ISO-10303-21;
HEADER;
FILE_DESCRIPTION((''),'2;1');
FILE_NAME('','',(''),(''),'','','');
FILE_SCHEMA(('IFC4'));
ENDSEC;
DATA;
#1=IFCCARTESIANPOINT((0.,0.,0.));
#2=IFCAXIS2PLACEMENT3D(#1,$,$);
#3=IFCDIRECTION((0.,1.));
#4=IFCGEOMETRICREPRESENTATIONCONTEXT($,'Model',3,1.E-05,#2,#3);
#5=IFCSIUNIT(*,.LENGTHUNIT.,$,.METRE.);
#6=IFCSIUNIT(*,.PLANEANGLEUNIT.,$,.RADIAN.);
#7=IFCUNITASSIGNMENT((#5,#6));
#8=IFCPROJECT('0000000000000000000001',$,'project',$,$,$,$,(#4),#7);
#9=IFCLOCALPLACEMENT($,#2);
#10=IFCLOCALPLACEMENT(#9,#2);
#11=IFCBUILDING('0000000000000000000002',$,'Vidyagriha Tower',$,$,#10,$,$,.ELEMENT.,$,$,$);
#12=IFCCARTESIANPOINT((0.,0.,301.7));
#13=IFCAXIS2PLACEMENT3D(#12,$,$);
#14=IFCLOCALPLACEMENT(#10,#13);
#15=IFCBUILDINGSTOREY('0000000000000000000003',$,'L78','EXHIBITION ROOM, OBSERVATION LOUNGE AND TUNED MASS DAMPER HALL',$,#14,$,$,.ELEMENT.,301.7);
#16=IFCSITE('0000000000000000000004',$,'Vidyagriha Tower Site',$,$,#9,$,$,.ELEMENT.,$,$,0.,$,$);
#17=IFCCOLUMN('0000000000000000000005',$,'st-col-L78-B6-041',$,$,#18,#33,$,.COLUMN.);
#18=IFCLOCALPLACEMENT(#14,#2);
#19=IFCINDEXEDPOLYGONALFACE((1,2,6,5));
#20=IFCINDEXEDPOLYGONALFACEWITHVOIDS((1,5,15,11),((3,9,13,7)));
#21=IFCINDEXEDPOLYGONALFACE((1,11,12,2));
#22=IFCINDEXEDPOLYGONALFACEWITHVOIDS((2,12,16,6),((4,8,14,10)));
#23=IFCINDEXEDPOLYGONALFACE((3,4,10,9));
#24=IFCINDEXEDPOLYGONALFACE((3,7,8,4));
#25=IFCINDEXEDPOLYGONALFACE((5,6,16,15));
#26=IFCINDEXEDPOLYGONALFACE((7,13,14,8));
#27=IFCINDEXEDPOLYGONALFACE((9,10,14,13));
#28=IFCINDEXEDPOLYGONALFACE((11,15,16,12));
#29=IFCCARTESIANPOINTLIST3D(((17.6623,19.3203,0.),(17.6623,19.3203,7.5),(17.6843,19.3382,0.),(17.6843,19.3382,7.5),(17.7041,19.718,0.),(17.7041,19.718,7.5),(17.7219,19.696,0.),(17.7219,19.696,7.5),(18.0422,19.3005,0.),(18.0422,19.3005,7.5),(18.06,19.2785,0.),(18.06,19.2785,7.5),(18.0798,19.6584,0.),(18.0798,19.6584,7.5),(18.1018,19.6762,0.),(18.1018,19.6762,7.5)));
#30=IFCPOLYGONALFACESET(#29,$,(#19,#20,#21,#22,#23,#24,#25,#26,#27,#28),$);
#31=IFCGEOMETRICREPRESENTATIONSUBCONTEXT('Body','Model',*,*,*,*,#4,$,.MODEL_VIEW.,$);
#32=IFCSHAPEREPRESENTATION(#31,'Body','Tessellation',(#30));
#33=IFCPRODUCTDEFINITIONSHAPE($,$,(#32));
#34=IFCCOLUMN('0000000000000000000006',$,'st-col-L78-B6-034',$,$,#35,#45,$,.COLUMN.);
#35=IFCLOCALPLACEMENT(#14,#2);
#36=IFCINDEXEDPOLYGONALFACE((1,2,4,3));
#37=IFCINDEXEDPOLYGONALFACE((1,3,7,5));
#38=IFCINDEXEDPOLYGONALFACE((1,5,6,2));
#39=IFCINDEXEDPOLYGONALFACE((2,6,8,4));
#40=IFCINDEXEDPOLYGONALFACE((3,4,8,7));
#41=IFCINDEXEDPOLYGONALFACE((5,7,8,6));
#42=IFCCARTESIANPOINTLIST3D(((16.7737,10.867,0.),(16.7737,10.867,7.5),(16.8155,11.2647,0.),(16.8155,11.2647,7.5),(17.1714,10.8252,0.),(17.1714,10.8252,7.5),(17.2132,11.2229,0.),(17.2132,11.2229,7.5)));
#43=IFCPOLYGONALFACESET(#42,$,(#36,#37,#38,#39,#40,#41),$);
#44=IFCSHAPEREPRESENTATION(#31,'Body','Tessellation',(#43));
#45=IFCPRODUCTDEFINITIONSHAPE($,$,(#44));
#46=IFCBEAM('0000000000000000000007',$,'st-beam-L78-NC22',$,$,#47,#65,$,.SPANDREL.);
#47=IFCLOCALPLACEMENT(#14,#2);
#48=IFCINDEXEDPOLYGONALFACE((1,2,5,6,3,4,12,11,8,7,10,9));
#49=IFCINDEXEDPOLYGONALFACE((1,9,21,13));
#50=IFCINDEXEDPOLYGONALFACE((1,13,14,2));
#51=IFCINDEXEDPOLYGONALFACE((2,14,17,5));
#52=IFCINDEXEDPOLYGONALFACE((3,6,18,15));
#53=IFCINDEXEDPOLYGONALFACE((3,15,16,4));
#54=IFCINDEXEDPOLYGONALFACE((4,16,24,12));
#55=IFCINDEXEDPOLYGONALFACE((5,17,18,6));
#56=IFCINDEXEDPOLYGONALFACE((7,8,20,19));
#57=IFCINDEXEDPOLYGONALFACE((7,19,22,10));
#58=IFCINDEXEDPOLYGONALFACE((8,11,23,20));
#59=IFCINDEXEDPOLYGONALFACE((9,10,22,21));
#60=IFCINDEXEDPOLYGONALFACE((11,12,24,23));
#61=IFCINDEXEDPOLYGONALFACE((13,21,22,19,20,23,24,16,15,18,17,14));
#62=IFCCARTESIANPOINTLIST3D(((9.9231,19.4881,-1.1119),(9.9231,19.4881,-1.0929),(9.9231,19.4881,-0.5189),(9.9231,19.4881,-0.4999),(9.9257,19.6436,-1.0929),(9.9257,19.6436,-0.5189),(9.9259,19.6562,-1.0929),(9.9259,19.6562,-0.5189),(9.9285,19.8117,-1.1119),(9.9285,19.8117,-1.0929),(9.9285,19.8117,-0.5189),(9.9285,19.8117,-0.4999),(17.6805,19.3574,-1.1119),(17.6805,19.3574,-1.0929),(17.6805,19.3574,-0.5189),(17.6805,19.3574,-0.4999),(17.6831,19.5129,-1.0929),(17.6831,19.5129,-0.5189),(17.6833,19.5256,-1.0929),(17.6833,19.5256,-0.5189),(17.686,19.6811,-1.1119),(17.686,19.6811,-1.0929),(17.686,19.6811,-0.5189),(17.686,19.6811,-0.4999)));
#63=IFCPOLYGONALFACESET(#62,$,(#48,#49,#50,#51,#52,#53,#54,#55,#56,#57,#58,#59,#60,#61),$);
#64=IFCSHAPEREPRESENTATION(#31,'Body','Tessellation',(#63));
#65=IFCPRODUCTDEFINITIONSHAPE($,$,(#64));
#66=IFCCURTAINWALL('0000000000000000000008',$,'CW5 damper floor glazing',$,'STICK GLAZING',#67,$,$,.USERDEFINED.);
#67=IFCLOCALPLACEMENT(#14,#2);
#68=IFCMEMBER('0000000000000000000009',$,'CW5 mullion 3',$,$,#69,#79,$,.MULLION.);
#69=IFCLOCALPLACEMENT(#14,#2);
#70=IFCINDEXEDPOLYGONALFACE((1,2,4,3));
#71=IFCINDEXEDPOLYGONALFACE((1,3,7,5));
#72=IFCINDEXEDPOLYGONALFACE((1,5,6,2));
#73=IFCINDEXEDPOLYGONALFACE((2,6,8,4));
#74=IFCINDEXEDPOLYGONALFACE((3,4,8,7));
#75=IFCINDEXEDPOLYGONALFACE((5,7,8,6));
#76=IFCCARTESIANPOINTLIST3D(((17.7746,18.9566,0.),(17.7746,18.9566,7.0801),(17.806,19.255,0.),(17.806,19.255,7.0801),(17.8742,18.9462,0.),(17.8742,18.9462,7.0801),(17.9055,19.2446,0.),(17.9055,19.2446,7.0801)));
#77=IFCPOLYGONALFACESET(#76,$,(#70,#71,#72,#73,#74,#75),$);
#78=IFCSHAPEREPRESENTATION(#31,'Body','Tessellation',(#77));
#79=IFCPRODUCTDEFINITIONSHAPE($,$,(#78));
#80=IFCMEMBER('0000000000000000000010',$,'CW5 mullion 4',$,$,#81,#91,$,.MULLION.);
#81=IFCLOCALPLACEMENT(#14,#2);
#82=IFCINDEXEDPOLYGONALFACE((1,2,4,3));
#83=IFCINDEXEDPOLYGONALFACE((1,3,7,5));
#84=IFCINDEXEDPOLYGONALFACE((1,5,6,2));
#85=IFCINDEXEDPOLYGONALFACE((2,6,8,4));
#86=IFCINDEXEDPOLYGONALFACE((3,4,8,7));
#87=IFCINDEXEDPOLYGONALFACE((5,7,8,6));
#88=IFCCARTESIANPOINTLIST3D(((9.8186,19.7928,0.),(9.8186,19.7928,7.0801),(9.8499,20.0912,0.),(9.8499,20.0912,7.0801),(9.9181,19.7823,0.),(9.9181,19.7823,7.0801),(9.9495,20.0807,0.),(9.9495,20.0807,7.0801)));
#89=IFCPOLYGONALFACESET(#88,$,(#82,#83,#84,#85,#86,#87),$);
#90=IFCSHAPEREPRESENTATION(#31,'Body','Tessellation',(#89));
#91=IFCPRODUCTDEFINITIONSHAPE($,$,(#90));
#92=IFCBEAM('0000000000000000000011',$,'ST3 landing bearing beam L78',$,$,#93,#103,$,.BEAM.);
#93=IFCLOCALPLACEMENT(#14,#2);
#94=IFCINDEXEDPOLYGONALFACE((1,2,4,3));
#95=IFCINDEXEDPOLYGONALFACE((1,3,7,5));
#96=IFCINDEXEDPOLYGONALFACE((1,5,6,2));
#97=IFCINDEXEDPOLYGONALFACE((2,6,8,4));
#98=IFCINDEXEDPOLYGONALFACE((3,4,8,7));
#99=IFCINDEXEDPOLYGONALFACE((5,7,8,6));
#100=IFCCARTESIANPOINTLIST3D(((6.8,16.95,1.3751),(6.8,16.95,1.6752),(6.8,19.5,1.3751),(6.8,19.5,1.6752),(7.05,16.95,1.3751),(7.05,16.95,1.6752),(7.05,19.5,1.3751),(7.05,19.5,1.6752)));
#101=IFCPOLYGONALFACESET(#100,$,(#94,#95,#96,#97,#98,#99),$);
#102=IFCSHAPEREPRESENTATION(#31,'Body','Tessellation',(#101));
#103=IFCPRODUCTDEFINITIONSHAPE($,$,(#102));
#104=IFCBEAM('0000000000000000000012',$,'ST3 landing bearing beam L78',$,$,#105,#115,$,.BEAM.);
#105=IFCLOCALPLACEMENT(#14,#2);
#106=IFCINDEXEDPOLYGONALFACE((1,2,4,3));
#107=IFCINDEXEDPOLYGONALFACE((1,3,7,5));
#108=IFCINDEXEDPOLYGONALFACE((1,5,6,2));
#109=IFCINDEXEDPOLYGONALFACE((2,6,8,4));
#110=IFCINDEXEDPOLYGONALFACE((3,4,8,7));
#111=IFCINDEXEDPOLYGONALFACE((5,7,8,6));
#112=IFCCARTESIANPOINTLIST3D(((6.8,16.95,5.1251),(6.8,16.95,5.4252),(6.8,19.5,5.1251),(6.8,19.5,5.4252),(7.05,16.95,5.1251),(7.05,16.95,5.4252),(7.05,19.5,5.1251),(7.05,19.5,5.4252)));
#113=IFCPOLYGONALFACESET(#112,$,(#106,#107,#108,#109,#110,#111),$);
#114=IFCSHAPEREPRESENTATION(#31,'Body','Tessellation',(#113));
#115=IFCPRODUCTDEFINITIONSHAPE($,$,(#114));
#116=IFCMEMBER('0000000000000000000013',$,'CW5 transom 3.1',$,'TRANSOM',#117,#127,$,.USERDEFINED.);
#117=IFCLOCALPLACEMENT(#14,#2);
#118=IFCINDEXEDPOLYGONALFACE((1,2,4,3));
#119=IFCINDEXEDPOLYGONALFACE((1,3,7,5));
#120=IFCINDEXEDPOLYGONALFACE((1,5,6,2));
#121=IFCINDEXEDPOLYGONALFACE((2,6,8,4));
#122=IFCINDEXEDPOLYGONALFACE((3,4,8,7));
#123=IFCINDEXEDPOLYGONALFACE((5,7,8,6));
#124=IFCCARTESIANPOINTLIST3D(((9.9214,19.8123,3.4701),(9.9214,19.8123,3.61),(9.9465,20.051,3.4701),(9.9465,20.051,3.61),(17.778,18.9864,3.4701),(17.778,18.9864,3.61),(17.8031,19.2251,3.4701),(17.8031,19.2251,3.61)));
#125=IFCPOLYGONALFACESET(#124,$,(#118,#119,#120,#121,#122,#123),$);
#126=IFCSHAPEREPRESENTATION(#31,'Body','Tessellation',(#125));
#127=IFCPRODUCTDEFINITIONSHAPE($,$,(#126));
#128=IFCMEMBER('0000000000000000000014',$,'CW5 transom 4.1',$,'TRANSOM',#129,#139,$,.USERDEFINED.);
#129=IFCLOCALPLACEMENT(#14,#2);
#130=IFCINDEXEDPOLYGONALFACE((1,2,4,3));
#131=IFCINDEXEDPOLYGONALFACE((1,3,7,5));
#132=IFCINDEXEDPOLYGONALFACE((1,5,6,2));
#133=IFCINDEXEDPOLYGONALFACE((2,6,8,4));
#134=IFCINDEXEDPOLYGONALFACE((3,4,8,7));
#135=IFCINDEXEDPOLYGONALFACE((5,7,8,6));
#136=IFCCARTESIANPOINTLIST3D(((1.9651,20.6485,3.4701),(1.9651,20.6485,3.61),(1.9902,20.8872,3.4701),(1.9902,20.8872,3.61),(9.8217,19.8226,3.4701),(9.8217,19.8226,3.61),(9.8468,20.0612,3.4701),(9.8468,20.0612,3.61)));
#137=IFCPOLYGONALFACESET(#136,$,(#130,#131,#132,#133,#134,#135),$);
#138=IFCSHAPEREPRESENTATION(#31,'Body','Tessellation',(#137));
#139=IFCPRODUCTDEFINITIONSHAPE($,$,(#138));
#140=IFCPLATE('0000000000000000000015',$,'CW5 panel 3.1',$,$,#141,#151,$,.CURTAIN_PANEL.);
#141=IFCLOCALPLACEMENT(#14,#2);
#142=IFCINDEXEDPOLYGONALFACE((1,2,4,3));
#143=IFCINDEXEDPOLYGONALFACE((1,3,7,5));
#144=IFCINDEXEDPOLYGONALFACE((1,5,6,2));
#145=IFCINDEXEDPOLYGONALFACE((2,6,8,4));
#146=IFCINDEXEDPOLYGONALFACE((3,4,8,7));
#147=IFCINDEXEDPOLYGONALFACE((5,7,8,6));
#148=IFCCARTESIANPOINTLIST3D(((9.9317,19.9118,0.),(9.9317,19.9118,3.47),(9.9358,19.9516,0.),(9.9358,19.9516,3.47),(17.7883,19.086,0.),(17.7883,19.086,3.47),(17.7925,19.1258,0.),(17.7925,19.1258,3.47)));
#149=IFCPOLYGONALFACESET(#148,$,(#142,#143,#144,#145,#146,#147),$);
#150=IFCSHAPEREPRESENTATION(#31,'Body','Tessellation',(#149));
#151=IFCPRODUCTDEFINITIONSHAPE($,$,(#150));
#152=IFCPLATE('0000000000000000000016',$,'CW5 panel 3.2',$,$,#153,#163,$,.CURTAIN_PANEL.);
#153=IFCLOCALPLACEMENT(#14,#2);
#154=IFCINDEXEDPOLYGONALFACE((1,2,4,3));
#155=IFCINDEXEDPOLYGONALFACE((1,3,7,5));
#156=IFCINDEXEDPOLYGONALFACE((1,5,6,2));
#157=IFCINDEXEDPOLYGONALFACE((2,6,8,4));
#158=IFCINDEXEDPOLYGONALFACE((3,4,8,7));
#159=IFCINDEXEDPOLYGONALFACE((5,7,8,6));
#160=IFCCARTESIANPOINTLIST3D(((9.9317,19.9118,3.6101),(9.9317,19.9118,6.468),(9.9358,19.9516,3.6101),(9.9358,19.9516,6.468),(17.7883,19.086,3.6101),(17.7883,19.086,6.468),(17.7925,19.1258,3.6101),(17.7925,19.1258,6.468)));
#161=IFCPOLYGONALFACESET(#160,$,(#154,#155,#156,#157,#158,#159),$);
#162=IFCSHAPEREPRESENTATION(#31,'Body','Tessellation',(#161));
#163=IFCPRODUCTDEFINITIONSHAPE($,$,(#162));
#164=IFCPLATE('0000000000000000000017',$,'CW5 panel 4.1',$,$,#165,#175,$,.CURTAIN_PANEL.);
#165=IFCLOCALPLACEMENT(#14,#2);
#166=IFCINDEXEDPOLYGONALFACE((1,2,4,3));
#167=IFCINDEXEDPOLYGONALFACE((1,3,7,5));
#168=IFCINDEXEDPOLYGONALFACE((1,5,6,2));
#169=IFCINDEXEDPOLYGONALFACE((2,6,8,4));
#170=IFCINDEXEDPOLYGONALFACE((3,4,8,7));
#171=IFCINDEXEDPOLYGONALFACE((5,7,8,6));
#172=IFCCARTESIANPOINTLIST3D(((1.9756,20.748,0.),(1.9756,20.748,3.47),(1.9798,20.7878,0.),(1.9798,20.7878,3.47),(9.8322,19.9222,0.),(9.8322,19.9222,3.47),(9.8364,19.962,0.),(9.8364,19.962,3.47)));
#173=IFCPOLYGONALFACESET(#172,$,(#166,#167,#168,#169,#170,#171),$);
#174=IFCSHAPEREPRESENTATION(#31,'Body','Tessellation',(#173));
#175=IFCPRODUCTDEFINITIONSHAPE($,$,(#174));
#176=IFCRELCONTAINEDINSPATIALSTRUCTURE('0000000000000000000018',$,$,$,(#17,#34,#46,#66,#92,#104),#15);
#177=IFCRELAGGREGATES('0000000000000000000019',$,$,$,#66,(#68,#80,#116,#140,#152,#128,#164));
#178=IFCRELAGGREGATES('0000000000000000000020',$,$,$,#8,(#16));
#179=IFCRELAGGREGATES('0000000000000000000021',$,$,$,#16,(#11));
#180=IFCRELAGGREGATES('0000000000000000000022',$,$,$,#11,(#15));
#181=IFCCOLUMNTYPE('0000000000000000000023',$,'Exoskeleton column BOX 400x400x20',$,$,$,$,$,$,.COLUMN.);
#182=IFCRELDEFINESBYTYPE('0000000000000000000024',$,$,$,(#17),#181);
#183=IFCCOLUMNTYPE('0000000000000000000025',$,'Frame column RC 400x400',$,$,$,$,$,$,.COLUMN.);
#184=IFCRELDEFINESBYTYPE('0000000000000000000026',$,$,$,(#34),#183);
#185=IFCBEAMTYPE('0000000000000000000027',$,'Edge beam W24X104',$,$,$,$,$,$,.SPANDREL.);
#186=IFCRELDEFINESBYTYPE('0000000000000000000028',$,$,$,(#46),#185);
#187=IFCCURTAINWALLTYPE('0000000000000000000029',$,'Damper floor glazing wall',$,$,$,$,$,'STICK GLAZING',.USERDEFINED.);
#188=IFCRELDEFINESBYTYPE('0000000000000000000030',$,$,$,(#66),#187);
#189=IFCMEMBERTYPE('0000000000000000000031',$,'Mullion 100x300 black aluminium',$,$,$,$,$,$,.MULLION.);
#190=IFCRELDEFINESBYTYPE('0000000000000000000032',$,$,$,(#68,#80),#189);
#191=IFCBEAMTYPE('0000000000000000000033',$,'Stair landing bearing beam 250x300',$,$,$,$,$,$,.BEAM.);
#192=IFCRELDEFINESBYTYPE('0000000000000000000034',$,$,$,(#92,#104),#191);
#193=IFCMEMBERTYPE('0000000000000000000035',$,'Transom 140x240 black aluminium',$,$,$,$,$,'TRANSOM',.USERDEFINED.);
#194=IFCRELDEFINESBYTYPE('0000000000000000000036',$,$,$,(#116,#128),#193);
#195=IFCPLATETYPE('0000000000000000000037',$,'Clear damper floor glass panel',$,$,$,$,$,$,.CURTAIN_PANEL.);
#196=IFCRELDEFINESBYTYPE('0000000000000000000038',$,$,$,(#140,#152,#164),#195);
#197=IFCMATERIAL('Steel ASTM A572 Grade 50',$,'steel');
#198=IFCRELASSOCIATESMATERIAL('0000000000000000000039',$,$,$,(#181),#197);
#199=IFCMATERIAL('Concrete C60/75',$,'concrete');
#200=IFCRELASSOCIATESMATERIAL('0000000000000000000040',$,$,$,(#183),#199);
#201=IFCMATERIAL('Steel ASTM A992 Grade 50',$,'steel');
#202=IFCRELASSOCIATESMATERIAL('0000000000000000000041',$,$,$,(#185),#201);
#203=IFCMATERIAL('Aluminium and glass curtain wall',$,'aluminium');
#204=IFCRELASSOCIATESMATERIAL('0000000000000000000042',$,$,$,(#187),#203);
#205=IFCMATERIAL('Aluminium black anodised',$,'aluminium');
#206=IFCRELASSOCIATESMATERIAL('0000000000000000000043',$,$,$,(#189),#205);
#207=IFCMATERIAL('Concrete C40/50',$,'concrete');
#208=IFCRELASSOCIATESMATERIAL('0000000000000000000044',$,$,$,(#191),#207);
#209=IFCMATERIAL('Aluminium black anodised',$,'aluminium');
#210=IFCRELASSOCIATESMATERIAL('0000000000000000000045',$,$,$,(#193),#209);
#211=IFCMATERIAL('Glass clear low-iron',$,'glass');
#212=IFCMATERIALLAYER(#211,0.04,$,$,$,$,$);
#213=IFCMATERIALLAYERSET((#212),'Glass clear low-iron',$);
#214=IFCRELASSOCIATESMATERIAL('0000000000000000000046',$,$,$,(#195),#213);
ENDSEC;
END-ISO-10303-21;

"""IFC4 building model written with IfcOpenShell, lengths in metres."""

from ifc_helpers import new_model, si_unit, direction, frame, origin, origin_2d, place, context, subcontext, project, spatial, rectangle, hollow_rectangle, i_section, extrude, material, layer, layer_set, material_profile, profile_set, type_object, element, aggregate, save


model = new_model("IFC4")

# Units and contexts
model_context = context("Model", 3, precision=1e-05, world=origin(), true_north=direction((0.0, 1.0)))
body_context = subcontext(model_context, "Body", "Model", "MODEL_VIEW")
ifc_project = project(units=[si_unit("LENGTHUNIT", "METRE"), si_unit("PLANEANGLEUNIT", "RADIAN")], contexts=[model_context])

# Site, building, storey
site_placement = place(None, origin())
site = spatial("IfcSite", under=ifc_project, at=site_placement, Name="Vidyagriha Tower Site", CompositionType="ELEMENT", RefElevation=0.0)
building_placement = place(site_placement, origin())
building = spatial("IfcBuilding", under=site, at=building_placement, Name="Vidyagriha Tower", CompositionType="ELEMENT")
storey_placement = place(building_placement, frame((0.0, 0.0, 301.7)))
storey = spatial("IfcBuildingStorey", under=building, at=storey_placement, Name="L78", Description="EXHIBITION ROOM, OBSERVATION LOUNGE AND TUNED MASS DAMPER HALL", CompositionType="ELEMENT", Elevation=301.7)

# Columns
ifc_material_1 = material(Name="Steel ASTM A572 Grade 50", Category="steel")
ifc_material_profile_1 = material_profile(ifc_material_1, hollow_rectangle(XDim=0.3999, YDim=0.3999, WallThickness=0.02, at=origin_2d()), Name="BOX 400x400x20")
ifc_profile_set_1 = profile_set([ifc_material_profile_1], Name="Steel ASTM A572 Grade 50")
column_type_1 = type_object("IfcColumnType", Name="Exoskeleton column BOX 400x400x20", PredefinedType="COLUMN", material=ifc_profile_set_1)
column_1_placement = place(storey_placement, frame((17.8821, 19.4983, 0.0), z_axis=(0.0, 0.0, 1.0), x_axis=(0.994522, -0.104528, 0.0)))
element("IfcColumn", 1, at=column_1_placement, inside=storey, type_object=column_type_1, Name="st-col-L78-B6-041", PredefinedType="COLUMN", context=body_context, shape_type="SweptSolid", body=[
    extrude(hollow_rectangle(XDim=0.3999, YDim=0.3999, WallThickness=0.02, at=origin_2d()), origin(), (0.0, 0.0, 1.0), 7.5),
])
ifc_material_2 = material(Name="Concrete C60/75", Category="concrete")
ifc_material_profile_2 = material_profile(ifc_material_2, rectangle(XDim=0.3999, YDim=0.3999, at=origin_2d()), Name="RC 400x400")
ifc_profile_set_2 = profile_set([ifc_material_profile_2], Name="Concrete C60/75")
column_type_2 = type_object("IfcColumnType", Name="Frame column RC 400x400", PredefinedType="COLUMN", material=ifc_profile_set_2)
column_2_placement = place(storey_placement, frame((16.9934, 11.0449, 0.0), z_axis=(0.0, 0.0, 1.0), x_axis=(0.994522, -0.104528, 0.0)))
element("IfcColumn", 2, at=column_2_placement, inside=storey, type_object=column_type_2, Name="st-col-L78-B6-034", PredefinedType="COLUMN", context=body_context, shape_type="SweptSolid", body=[
    extrude(rectangle(XDim=0.3999, YDim=0.3999, at=origin_2d()), origin(), (0.0, 0.0, 1.0), 7.5),
])

# Beam
ifc_material_3 = material(Name="Steel ASTM A992 Grade 50", Category="steel")
ifc_material_profile_3 = material_profile(ifc_material_3, i_section(OverallWidth=0.3237, OverallDepth=0.6121, WebThickness=0.0127, FlangeThickness=0.019, at=origin_2d()), Name="W24X104")
ifc_profile_set_3 = profile_set([ifc_material_profile_3], Name="Steel ASTM A992 Grade 50")
beam_type_1 = type_object("IfcBeamType", Name="Edge beam W24X104", PredefinedType="SPANDREL", material=ifc_profile_set_3)
beam_placement = place(storey_placement, frame((9.9258, 19.6499, -0.8059), z_axis=(0.999858, -0.016835, 0.0), x_axis=(0.016835, 0.999858, 0.0)))
element("IfcBeam", 3, at=beam_placement, inside=storey, type_object=beam_type_1, Name="st-beam-L78-NC22", PredefinedType="SPANDREL", context=body_context, shape_type="SweptSolid", body=[
    extrude(i_section(OverallWidth=0.3237, OverallDepth=0.6121, WebThickness=0.0127, FlangeThickness=0.019, at=origin_2d()), origin(), (0.0, 0.0, 1.0), 7.7585),
])

# Curtain wall, members
ifc_material_4 = material(Name="Aluminium and glass curtain wall", Category="aluminium")
curtain_wall_type = type_object("IfcCurtainWallType", Name="Damper floor glazing wall", ElementType="STICK GLAZING", PredefinedType="USERDEFINED", material=ifc_material_4)
curtain_wall_placement = place(storey_placement, origin())
curtain_wall = element("IfcCurtainWall", 4, at=curtain_wall_placement, inside=storey, type_object=curtain_wall_type, Name="CW5 damper floor glazing", ObjectType="STICK GLAZING", PredefinedType="USERDEFINED")
ifc_material_5 = material(Name="Aluminium black anodised", Category="aluminium")
ifc_material_profile_4 = material_profile(ifc_material_5, rectangle(XDim=0.3, YDim=0.1001, at=origin_2d()), Name="Mullion 100x300 black aluminium")
ifc_profile_set_4 = profile_set([ifc_material_profile_4], Name="Aluminium black anodised")
member_type_1 = type_object("IfcMemberType", Name="Mullion 100x300 black aluminium", PredefinedType="MULLION", material=ifc_profile_set_4)
member_1_placement = place(storey_placement, frame((17.8401, 19.1006, 0.0), z_axis=(0.0, 0.0, 1.0), x_axis=(-0.104528, -0.994522, 0.0)))
member_1 = element("IfcMember", 5, at=member_1_placement, type_object=member_type_1, Name="CW5 mullion 3", PredefinedType="MULLION", context=body_context, shape_type="SweptSolid", body=[
    extrude(rectangle(XDim=0.3, YDim=0.1001, at=origin_2d()), origin(), (0.0, 0.0, 1.0), 7.0801),
])
member_2_placement = place(storey_placement, frame((9.884, 19.9368, 0.0), z_axis=(0.0, 0.0, 1.0), x_axis=(-0.104528, -0.994522, 0.0)))
member_2 = element("IfcMember", 6, at=member_2_placement, type_object=member_type_1, Name="CW5 mullion 4", PredefinedType="MULLION", context=body_context, shape_type="SweptSolid", body=[
    extrude(rectangle(XDim=0.3, YDim=0.1001, at=origin_2d()), origin(), (0.0, 0.0, 1.0), 7.0801),
])

# Beams
ifc_material_6 = material(Name="Concrete C40/50", Category="concrete")
ifc_material_profile_5 = material_profile(ifc_material_6, rectangle(XDim=0.25, YDim=0.3, at=origin_2d()), Name="Stair landing bearing beam 250x300")
ifc_profile_set_5 = profile_set([ifc_material_profile_5], Name="Concrete C40/50")
beam_type_2 = type_object("IfcBeamType", Name="Stair landing bearing beam 250x300", PredefinedType="BEAM", material=ifc_profile_set_5)
for number, where, z_axis, x_axis, name in (
    (7, (6.925, 16.95, 1.5251), (0.0, 1.0, 0.0), (-1.0, 0.0, 0.0), "ST3 landing bearing beam L78"),
    (8, (6.925, 16.95, 5.2751), (0.0, 1.0, 0.0), (-1.0, 0.0, 0.0), "ST3 landing bearing beam L78"),
):
    element("IfcBeam", number, at=place(storey_placement, frame(where, z_axis=z_axis, x_axis=x_axis)), inside=storey, type_object=beam_type_2, Name=name, PredefinedType="BEAM", context=body_context, shape_type="SweptSolid", body=[
        extrude(rectangle(XDim=0.25, YDim=0.3, at=origin_2d()), origin(), (0.0, 0.0, 1.0), 2.55),
    ])

# Members
ifc_material_7 = material(Name="Aluminium black anodised", Category="aluminium")
ifc_material_profile_6 = material_profile(ifc_material_7, rectangle(XDim=0.24, YDim=0.1399, at=origin_2d()), Name="Transom 140x240 black aluminium")
ifc_profile_set_6 = profile_set([ifc_material_profile_6], Name="Aluminium black anodised")
member_type_2 = type_object("IfcMemberType", Name="Transom 140x240 black aluminium", ElementType="TRANSOM", PredefinedType="USERDEFINED", material=ifc_profile_set_6)
member_3_placement = place(storey_placement, frame((17.7905, 19.1057, 3.54), z_axis=(-0.99452, 0.104548, 0.0), x_axis=(-0.104548, -0.99452, 0.0)))
member_3 = element("IfcMember", 9, at=member_3_placement, type_object=member_type_2, Name="CW5 transom 3.1", ObjectType="TRANSOM", PredefinedType="USERDEFINED", context=body_context, shape_type="SweptSolid", body=[
    extrude(rectangle(XDim=0.24, YDim=0.1399, at=origin_2d()), origin(), (0.0, 0.0, 1.0), 7.8999),
])
member_4_placement = place(storey_placement, frame((9.8342, 19.9419, 3.54), z_axis=(-0.99452, 0.104548, 0.0), x_axis=(-0.104548, -0.99452, 0.0)))
member_4 = element("IfcMember", 10, at=member_4_placement, type_object=member_type_2, Name="CW5 transom 4.1", ObjectType="TRANSOM", PredefinedType="USERDEFINED", context=body_context, shape_type="SweptSolid", body=[
    extrude(rectangle(XDim=0.24, YDim=0.1399, at=origin_2d()), origin(), (0.0, 0.0, 1.0), 7.8999),
])

# Plates
ifc_material_8 = material(Name="Glass clear low-iron", Category="glass")
ifc_layer_1 = layer(ifc_material_8, 0.04)
ifc_layer_set_1 = layer_set([ifc_layer_1], Name="Glass clear low-iron")
plate_type = type_object("IfcPlateType", Name="Clear damper floor glass panel", PredefinedType="CURTAIN_PANEL", material=ifc_layer_set_1)
plate_1_placement = place(storey_placement, frame((13.8621, 19.5188, 0.0), z_axis=(0.0, 0.0, 1.0), x_axis=(-0.994522, 0.104528, 0.0)))
plate_1 = element("IfcPlate", 11, at=plate_1_placement, type_object=plate_type, Name="CW5 panel 3.1", PredefinedType="CURTAIN_PANEL", context=body_context, shape_type="SweptSolid", body=[
    extrude(rectangle(XDim=7.8999, YDim=0.04, at=origin_2d()), origin(), (0.0, 0.0, 1.0), 3.47),
])
plate_2_placement = place(storey_placement, frame((13.8621, 19.5188, 3.6101), z_axis=(0.0, 0.0, 1.0), x_axis=(-0.994522, 0.104528, 0.0)))
plate_2 = element("IfcPlate", 12, at=plate_2_placement, type_object=plate_type, Name="CW5 panel 3.2", PredefinedType="CURTAIN_PANEL", context=body_context, shape_type="SweptSolid", body=[
    extrude(rectangle(XDim=7.8999, YDim=0.04, at=origin_2d()), origin(), (0.0, 0.0, 1.0), 2.8579),
])
plate_3_placement = place(storey_placement, frame((5.906, 20.355, 0.0), z_axis=(0.0, 0.0, 1.0), x_axis=(-0.994522, 0.104528, 0.0)))
plate_3 = element("IfcPlate", 13, at=plate_3_placement, type_object=plate_type, Name="CW5 panel 4.1", PredefinedType="CURTAIN_PANEL", context=body_context, shape_type="SweptSolid", body=[
    extrude(rectangle(XDim=7.8999, YDim=0.04, at=origin_2d()), origin(), (0.0, 0.0, 1.0), 3.47),
])
aggregate(curtain_wall, [member_1, member_2, member_3, plate_1, plate_2, member_4, plate_3])

save(model, "model.ifc")
